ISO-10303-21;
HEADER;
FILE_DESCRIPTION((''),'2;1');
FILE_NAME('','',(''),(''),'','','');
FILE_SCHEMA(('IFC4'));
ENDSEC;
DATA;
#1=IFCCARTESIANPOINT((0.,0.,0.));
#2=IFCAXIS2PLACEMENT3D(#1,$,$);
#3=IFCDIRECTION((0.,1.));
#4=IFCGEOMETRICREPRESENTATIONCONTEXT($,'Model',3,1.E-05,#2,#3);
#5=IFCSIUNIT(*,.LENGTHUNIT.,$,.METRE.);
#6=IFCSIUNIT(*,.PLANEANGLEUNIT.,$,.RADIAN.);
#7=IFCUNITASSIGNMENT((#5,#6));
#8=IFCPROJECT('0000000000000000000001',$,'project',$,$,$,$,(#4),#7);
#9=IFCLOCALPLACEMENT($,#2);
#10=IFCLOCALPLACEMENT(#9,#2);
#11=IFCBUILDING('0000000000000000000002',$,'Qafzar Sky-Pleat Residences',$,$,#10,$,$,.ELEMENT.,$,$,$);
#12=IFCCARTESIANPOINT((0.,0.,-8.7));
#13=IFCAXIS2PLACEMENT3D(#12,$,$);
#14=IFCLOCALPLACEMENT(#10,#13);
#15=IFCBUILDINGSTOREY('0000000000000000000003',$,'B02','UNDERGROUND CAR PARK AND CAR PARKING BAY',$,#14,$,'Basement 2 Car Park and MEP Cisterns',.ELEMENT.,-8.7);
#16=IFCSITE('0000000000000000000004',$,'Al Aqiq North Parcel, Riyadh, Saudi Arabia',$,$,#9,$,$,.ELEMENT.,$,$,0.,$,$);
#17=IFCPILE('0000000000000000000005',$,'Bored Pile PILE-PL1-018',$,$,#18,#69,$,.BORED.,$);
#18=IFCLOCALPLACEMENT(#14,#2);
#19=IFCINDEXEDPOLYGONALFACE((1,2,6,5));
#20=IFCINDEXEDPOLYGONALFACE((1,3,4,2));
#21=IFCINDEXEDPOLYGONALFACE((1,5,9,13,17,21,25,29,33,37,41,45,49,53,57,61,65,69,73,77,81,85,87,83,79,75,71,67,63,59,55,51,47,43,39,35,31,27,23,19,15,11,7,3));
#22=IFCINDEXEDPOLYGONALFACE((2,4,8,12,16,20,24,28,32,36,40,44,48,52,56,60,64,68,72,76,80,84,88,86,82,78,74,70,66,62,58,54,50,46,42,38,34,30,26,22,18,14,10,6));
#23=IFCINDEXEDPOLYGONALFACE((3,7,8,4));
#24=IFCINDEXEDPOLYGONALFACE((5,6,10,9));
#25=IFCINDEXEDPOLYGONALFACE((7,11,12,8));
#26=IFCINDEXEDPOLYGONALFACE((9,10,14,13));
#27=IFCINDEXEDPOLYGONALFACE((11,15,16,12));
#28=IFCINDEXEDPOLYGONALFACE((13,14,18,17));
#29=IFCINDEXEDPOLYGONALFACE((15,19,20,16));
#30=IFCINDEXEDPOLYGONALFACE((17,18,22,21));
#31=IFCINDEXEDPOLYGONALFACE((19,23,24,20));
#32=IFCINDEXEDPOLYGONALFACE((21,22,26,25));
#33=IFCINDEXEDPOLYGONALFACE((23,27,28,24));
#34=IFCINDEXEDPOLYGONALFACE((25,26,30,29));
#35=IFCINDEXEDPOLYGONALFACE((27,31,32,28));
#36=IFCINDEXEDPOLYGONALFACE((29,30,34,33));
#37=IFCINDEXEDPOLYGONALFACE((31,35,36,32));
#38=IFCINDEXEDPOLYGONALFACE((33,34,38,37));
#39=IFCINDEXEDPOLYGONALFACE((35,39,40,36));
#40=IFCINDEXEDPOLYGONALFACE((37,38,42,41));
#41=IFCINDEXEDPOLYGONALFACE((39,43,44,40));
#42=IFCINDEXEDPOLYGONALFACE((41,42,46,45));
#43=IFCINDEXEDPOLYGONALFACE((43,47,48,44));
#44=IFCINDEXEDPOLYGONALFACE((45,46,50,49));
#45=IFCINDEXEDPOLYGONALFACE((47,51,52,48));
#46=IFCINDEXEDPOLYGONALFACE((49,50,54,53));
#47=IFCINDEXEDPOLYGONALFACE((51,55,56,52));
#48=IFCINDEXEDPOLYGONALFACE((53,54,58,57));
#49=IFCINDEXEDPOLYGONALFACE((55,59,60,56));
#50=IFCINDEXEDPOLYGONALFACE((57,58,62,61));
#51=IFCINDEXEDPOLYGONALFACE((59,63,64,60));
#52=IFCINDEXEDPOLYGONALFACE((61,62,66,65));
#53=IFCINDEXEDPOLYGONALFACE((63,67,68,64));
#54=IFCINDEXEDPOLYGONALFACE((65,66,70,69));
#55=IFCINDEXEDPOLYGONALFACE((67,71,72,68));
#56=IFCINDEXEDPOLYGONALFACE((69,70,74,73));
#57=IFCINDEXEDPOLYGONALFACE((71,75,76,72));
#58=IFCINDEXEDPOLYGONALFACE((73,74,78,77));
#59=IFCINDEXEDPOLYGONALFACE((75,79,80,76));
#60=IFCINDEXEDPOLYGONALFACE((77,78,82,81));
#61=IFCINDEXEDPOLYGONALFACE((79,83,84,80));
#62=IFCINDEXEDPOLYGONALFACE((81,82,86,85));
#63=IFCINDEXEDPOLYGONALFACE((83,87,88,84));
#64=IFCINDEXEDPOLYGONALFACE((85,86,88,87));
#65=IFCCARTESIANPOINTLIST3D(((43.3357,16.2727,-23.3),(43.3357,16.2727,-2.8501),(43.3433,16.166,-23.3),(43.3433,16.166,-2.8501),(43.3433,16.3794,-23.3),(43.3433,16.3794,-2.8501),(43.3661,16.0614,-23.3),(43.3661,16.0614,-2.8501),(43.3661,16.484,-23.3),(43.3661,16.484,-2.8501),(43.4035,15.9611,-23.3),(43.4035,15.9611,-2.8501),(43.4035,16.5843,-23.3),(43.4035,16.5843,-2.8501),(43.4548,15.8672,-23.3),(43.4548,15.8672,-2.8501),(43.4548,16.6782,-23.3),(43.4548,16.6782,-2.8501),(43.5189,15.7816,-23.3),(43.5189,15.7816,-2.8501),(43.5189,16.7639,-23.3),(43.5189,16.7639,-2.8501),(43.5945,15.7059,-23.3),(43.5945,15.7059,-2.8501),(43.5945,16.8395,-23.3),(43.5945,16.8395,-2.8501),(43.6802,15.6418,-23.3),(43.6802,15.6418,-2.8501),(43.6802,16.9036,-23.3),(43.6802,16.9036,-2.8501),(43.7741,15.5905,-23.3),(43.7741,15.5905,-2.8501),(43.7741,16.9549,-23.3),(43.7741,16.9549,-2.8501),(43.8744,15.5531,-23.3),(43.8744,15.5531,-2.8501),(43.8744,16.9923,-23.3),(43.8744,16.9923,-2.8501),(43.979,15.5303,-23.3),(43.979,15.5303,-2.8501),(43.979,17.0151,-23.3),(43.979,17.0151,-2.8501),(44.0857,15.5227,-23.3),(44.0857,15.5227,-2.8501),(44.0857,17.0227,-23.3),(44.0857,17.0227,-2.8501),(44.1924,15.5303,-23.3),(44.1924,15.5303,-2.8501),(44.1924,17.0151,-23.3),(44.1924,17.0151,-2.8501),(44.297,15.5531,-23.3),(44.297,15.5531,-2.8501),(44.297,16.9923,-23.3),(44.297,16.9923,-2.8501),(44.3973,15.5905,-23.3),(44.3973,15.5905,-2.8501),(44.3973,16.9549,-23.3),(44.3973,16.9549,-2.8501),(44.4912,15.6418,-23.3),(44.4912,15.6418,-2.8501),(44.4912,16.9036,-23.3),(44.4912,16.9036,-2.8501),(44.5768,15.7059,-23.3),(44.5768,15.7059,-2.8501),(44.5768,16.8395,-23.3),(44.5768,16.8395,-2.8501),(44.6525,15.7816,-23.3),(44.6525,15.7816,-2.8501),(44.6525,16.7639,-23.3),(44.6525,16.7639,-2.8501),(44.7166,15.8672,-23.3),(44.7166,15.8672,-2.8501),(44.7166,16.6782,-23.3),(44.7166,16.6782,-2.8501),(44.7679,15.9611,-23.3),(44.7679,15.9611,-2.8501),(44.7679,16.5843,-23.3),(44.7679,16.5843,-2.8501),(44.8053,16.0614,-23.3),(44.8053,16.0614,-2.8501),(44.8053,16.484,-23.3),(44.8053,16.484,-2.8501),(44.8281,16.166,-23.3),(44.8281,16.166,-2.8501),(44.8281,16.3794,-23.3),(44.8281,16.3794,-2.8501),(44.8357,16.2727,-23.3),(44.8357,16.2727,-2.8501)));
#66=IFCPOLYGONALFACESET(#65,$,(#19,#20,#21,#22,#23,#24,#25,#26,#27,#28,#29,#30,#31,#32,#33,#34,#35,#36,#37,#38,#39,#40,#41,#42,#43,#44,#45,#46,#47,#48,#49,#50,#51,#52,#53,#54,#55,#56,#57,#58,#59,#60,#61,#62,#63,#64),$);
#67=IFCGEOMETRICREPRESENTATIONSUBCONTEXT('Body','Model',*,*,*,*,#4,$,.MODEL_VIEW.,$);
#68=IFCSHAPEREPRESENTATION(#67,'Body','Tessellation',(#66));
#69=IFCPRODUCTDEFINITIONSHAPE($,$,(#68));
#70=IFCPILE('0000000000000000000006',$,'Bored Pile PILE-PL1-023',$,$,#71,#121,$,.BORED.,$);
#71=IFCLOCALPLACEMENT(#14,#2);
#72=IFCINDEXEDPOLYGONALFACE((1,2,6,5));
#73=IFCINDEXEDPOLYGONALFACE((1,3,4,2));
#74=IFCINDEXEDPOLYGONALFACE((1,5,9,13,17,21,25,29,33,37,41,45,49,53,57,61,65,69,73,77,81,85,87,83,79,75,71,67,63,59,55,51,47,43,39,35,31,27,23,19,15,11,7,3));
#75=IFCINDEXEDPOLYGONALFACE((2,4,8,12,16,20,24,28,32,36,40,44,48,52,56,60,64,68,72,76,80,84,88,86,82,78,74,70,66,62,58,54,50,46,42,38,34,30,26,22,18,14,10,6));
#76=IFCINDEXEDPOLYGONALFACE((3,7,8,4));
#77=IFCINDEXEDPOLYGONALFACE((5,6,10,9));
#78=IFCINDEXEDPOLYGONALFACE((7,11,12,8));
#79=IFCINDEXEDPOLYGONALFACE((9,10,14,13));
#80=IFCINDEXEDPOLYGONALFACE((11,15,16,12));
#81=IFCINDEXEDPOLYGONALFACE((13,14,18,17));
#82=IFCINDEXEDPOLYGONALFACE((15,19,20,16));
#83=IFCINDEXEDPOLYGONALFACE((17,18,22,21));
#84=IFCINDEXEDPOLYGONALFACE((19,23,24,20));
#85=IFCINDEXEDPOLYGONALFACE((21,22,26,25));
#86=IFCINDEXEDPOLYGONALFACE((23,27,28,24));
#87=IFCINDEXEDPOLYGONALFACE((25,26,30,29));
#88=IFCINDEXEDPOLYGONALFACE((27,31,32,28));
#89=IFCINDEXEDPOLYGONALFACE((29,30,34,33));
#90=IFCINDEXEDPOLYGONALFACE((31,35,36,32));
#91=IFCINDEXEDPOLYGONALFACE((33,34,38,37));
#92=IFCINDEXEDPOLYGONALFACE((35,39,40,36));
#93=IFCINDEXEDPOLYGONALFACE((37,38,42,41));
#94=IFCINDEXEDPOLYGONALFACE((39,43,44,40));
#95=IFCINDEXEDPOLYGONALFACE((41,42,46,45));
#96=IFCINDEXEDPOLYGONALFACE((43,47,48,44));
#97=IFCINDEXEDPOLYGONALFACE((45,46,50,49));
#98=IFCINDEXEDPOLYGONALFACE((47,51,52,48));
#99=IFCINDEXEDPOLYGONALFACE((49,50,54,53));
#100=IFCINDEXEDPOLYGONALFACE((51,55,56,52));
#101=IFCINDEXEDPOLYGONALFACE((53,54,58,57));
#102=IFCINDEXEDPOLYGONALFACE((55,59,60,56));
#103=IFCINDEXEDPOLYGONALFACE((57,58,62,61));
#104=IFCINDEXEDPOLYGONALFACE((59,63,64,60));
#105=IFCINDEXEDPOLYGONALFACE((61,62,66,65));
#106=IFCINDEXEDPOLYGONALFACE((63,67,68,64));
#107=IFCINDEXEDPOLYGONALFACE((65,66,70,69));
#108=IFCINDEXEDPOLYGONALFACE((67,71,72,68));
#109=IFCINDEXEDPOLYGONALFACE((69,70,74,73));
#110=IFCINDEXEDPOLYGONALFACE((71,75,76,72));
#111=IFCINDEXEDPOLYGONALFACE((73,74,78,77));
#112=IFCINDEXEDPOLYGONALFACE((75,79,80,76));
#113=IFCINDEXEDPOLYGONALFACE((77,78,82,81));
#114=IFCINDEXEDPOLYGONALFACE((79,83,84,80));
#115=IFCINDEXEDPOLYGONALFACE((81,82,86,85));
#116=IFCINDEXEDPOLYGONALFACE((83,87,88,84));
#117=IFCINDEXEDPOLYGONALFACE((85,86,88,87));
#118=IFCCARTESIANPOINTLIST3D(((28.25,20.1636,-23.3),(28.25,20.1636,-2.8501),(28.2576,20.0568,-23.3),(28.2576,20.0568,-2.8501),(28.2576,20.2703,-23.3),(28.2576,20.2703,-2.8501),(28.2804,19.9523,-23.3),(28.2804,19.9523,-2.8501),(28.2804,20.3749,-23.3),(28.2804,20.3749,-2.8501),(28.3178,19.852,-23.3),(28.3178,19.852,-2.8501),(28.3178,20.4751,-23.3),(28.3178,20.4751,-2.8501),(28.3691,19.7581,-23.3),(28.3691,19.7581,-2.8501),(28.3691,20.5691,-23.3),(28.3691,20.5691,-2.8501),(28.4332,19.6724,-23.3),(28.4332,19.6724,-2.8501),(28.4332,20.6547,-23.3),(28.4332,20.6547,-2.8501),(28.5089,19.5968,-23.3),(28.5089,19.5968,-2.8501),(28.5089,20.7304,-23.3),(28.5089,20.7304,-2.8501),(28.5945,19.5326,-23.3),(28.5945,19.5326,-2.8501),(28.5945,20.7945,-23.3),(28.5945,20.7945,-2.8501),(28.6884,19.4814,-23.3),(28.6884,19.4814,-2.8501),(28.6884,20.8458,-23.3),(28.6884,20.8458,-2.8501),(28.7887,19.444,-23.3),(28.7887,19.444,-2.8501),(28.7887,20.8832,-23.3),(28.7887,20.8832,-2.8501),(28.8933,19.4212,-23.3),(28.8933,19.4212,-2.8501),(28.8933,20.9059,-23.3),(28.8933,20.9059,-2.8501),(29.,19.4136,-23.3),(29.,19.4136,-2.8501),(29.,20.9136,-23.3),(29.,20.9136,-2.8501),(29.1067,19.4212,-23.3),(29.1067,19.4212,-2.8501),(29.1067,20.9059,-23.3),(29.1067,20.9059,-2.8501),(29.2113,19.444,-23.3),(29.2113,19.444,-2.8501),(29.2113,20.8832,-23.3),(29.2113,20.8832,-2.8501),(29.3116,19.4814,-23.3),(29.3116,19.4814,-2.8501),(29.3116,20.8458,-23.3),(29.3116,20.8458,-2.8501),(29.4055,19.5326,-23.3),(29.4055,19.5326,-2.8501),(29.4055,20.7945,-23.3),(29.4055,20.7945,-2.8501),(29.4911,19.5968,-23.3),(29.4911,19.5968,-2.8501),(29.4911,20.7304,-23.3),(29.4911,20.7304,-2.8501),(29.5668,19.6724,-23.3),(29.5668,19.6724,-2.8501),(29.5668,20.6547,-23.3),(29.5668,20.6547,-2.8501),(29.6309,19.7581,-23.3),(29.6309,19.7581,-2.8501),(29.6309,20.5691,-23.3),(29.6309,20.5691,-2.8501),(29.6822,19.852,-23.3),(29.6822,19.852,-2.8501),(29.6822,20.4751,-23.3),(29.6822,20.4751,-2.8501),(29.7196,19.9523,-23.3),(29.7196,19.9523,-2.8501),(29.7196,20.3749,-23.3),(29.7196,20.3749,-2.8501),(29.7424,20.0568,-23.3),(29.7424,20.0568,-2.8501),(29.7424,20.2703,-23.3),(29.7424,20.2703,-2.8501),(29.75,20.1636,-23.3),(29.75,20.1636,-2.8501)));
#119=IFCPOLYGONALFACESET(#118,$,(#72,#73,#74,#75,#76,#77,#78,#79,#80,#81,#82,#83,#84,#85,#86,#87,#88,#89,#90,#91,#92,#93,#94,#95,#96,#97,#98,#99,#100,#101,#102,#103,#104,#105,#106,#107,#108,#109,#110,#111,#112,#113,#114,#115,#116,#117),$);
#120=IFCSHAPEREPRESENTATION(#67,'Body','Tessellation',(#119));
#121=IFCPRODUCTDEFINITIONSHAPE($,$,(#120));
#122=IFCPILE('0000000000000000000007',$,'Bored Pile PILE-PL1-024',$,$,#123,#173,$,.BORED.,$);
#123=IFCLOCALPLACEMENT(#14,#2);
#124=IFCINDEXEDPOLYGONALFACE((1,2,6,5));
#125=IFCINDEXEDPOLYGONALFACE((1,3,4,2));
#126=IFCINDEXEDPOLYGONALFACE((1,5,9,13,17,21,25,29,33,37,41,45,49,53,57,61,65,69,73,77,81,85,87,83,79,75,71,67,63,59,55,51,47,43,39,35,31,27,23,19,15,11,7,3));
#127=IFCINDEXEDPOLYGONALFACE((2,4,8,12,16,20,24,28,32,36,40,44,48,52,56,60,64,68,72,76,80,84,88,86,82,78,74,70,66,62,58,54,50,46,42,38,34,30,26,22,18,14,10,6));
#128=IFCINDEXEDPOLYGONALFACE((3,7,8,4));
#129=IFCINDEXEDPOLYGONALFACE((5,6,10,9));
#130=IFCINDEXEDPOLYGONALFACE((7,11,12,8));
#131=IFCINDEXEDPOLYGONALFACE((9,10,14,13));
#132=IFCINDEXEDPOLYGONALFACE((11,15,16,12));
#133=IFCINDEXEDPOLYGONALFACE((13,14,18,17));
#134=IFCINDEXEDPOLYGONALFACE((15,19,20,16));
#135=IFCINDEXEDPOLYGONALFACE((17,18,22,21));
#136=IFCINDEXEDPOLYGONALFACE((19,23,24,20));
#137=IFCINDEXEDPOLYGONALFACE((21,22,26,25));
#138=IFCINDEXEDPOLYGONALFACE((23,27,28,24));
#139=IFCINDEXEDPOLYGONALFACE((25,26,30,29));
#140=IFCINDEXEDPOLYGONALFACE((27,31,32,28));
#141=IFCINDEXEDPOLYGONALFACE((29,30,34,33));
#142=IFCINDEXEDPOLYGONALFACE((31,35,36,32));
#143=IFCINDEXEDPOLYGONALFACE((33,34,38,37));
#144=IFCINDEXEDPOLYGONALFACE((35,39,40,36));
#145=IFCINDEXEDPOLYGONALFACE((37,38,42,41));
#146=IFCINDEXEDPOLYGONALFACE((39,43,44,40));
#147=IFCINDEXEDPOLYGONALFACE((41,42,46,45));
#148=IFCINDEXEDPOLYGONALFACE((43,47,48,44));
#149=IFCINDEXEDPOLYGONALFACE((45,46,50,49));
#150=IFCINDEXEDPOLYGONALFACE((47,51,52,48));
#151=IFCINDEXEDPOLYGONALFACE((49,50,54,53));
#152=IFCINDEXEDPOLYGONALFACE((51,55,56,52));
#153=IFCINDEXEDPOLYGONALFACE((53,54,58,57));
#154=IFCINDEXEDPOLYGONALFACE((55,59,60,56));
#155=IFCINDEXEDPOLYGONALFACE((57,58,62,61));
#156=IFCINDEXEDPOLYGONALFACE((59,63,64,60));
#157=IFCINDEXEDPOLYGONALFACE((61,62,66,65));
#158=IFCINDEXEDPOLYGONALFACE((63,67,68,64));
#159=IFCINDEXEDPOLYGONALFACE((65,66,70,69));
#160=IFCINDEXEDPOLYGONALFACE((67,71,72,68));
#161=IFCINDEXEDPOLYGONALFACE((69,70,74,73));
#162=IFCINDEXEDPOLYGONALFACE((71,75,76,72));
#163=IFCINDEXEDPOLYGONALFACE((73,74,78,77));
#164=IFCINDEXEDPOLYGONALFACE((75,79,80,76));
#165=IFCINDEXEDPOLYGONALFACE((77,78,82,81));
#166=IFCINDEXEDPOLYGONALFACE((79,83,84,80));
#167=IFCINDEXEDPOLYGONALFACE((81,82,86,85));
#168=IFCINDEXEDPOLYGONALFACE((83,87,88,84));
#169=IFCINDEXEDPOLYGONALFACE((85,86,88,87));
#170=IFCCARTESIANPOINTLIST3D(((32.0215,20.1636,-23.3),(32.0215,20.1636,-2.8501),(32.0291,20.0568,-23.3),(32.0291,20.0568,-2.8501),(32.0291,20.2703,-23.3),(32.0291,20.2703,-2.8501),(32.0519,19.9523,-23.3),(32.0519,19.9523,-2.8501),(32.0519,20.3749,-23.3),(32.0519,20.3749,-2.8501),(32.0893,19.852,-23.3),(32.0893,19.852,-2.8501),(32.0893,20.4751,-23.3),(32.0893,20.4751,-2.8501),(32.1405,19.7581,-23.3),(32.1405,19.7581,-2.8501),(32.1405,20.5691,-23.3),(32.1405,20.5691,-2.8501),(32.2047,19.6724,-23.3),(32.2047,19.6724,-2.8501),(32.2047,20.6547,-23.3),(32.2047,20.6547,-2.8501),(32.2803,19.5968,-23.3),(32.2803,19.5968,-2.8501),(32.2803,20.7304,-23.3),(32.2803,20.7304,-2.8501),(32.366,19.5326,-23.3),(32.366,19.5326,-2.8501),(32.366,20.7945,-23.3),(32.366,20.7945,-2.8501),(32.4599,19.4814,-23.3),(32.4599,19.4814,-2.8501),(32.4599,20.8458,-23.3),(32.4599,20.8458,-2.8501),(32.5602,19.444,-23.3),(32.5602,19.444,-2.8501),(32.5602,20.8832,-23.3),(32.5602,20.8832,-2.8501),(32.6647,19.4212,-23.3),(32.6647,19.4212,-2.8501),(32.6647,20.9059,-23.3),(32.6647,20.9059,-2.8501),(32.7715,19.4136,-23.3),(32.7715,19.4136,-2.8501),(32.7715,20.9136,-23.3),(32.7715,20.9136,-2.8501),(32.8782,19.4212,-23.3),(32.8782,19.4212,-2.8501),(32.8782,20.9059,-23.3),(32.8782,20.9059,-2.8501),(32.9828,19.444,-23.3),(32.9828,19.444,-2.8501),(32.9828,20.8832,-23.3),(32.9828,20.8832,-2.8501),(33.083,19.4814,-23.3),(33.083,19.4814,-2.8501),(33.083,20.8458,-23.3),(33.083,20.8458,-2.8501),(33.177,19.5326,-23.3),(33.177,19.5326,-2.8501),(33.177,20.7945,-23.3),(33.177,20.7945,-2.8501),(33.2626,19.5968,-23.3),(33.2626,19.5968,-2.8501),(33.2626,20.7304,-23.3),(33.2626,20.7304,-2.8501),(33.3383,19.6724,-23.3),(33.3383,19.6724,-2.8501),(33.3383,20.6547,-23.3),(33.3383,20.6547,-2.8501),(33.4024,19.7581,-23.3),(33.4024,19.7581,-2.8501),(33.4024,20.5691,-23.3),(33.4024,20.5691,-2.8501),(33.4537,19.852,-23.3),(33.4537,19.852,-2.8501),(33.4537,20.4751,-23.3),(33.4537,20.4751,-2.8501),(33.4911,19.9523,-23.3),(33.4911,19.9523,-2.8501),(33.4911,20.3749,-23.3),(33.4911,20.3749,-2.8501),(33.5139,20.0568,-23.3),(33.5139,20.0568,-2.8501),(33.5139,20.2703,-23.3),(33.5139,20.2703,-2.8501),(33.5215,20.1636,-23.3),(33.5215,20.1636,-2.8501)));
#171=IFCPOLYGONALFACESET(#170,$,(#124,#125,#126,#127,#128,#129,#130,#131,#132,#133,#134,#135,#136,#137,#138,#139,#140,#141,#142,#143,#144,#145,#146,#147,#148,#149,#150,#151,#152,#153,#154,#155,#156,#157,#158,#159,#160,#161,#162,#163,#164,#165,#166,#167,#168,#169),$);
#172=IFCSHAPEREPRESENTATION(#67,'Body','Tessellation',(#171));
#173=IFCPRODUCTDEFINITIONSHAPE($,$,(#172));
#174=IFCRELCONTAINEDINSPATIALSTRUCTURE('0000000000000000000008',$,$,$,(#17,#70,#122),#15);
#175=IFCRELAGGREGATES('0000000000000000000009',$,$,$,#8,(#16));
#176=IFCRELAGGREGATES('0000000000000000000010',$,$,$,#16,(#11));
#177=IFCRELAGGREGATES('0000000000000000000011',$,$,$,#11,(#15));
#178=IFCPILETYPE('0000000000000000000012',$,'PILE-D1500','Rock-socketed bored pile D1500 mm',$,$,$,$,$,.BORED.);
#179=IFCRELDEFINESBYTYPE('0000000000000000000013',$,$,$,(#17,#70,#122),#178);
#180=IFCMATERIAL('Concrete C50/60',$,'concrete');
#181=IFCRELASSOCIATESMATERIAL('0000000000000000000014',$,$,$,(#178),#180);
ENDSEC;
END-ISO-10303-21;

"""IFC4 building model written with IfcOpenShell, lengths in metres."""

from ifc_helpers import new_model, si_unit, direction, frame, origin, origin_2d, place, context, subcontext, project, spatial, circle, extrude, source, transform, mapped, material, material_profile, profile_set, type_object, element, save


model = new_model("IFC4")

# Units and contexts
model_context = context("Model", 3, precision=1e-05, world=origin(), true_north=direction((0.0, 1.0)))
body_context = subcontext(model_context, "Body", "Model", "MODEL_VIEW")
ifc_project = project(units=[si_unit("LENGTHUNIT", "METRE"), si_unit("PLANEANGLEUNIT", "RADIAN")], contexts=[model_context])

# Site, building, storey
site_placement = place(None, origin())
site = spatial("IfcSite", under=ifc_project, at=site_placement, Name="Al Aqiq North Parcel, Riyadh, Saudi Arabia", CompositionType="ELEMENT", RefElevation=0.0)
building_placement = place(site_placement, origin())
building = spatial("IfcBuilding", under=site, at=building_placement, Name="Qafzar Sky-Pleat Residences", CompositionType="ELEMENT")
storey_placement = place(building_placement, frame((0.0, 0.0, -8.7)))
storey = spatial("IfcBuildingStorey", under=building, at=storey_placement, Name="B02", Description="UNDERGROUND CAR PARK AND CAR PARKING BAY", LongName="Basement 2 Car Park and MEP Cisterns", CompositionType="ELEMENT", Elevation=-8.7)

# Piles
ifc_material_1 = material(Name="Concrete C50/60", Category="concrete")
ifc_material_profile_1 = material_profile(ifc_material_1, circle(Radius=0.75, at=origin_2d()), Name="PILE D1500")
ifc_profile_set_1 = profile_set([ifc_material_profile_1], Name="Concrete C50/60")
pile_type = type_object("IfcPileType", Name="PILE-D1500", Description="Rock-socketed bored pile D1500 mm", PredefinedType="BORED", material=ifc_profile_set_1)
shared_shape_1 = source(origin(), body_context, "Body", "SweptSolid", [
    extrude(circle(Radius=0.75, at=origin_2d()), origin(), (0.0, 0.0, 1.0), 20.45),
])
for number, where, z_axis, x_axis, name in (
    (1, (44.0857, 16.2727, -2.8501), (0.0, 0.0, -1.0), (1.0, 0.0, 0.0), "Bored Pile PILE-PL1-018"),
    (2, (29.0, 20.1636, -2.8501), (0.0, 0.0, -1.0), (1.0, 0.0, 0.0), "Bored Pile PILE-PL1-023"),
    (3, (32.7715, 20.1636, -2.8501), (0.0, 0.0, -1.0), (1.0, 0.0, 0.0), "Bored Pile PILE-PL1-024"),
):
    element("IfcPile", number, at=place(storey_placement, frame(where, z_axis=z_axis, x_axis=x_axis)), inside=storey, type_object=pile_type, Name=name, PredefinedType="BORED", context=body_context, shape_type="MappedRepresentation", body=[
        mapped(shared_shape_1, transform((0.0, 0.0, 0.0), x_axis=(1.0, 0.0, 0.0), y_axis=(0.0, 1.0, 0.0), z_axis=(0.0, 0.0, 1.0), scale=1.0)),
    ])

save(model, "model.ifc")
